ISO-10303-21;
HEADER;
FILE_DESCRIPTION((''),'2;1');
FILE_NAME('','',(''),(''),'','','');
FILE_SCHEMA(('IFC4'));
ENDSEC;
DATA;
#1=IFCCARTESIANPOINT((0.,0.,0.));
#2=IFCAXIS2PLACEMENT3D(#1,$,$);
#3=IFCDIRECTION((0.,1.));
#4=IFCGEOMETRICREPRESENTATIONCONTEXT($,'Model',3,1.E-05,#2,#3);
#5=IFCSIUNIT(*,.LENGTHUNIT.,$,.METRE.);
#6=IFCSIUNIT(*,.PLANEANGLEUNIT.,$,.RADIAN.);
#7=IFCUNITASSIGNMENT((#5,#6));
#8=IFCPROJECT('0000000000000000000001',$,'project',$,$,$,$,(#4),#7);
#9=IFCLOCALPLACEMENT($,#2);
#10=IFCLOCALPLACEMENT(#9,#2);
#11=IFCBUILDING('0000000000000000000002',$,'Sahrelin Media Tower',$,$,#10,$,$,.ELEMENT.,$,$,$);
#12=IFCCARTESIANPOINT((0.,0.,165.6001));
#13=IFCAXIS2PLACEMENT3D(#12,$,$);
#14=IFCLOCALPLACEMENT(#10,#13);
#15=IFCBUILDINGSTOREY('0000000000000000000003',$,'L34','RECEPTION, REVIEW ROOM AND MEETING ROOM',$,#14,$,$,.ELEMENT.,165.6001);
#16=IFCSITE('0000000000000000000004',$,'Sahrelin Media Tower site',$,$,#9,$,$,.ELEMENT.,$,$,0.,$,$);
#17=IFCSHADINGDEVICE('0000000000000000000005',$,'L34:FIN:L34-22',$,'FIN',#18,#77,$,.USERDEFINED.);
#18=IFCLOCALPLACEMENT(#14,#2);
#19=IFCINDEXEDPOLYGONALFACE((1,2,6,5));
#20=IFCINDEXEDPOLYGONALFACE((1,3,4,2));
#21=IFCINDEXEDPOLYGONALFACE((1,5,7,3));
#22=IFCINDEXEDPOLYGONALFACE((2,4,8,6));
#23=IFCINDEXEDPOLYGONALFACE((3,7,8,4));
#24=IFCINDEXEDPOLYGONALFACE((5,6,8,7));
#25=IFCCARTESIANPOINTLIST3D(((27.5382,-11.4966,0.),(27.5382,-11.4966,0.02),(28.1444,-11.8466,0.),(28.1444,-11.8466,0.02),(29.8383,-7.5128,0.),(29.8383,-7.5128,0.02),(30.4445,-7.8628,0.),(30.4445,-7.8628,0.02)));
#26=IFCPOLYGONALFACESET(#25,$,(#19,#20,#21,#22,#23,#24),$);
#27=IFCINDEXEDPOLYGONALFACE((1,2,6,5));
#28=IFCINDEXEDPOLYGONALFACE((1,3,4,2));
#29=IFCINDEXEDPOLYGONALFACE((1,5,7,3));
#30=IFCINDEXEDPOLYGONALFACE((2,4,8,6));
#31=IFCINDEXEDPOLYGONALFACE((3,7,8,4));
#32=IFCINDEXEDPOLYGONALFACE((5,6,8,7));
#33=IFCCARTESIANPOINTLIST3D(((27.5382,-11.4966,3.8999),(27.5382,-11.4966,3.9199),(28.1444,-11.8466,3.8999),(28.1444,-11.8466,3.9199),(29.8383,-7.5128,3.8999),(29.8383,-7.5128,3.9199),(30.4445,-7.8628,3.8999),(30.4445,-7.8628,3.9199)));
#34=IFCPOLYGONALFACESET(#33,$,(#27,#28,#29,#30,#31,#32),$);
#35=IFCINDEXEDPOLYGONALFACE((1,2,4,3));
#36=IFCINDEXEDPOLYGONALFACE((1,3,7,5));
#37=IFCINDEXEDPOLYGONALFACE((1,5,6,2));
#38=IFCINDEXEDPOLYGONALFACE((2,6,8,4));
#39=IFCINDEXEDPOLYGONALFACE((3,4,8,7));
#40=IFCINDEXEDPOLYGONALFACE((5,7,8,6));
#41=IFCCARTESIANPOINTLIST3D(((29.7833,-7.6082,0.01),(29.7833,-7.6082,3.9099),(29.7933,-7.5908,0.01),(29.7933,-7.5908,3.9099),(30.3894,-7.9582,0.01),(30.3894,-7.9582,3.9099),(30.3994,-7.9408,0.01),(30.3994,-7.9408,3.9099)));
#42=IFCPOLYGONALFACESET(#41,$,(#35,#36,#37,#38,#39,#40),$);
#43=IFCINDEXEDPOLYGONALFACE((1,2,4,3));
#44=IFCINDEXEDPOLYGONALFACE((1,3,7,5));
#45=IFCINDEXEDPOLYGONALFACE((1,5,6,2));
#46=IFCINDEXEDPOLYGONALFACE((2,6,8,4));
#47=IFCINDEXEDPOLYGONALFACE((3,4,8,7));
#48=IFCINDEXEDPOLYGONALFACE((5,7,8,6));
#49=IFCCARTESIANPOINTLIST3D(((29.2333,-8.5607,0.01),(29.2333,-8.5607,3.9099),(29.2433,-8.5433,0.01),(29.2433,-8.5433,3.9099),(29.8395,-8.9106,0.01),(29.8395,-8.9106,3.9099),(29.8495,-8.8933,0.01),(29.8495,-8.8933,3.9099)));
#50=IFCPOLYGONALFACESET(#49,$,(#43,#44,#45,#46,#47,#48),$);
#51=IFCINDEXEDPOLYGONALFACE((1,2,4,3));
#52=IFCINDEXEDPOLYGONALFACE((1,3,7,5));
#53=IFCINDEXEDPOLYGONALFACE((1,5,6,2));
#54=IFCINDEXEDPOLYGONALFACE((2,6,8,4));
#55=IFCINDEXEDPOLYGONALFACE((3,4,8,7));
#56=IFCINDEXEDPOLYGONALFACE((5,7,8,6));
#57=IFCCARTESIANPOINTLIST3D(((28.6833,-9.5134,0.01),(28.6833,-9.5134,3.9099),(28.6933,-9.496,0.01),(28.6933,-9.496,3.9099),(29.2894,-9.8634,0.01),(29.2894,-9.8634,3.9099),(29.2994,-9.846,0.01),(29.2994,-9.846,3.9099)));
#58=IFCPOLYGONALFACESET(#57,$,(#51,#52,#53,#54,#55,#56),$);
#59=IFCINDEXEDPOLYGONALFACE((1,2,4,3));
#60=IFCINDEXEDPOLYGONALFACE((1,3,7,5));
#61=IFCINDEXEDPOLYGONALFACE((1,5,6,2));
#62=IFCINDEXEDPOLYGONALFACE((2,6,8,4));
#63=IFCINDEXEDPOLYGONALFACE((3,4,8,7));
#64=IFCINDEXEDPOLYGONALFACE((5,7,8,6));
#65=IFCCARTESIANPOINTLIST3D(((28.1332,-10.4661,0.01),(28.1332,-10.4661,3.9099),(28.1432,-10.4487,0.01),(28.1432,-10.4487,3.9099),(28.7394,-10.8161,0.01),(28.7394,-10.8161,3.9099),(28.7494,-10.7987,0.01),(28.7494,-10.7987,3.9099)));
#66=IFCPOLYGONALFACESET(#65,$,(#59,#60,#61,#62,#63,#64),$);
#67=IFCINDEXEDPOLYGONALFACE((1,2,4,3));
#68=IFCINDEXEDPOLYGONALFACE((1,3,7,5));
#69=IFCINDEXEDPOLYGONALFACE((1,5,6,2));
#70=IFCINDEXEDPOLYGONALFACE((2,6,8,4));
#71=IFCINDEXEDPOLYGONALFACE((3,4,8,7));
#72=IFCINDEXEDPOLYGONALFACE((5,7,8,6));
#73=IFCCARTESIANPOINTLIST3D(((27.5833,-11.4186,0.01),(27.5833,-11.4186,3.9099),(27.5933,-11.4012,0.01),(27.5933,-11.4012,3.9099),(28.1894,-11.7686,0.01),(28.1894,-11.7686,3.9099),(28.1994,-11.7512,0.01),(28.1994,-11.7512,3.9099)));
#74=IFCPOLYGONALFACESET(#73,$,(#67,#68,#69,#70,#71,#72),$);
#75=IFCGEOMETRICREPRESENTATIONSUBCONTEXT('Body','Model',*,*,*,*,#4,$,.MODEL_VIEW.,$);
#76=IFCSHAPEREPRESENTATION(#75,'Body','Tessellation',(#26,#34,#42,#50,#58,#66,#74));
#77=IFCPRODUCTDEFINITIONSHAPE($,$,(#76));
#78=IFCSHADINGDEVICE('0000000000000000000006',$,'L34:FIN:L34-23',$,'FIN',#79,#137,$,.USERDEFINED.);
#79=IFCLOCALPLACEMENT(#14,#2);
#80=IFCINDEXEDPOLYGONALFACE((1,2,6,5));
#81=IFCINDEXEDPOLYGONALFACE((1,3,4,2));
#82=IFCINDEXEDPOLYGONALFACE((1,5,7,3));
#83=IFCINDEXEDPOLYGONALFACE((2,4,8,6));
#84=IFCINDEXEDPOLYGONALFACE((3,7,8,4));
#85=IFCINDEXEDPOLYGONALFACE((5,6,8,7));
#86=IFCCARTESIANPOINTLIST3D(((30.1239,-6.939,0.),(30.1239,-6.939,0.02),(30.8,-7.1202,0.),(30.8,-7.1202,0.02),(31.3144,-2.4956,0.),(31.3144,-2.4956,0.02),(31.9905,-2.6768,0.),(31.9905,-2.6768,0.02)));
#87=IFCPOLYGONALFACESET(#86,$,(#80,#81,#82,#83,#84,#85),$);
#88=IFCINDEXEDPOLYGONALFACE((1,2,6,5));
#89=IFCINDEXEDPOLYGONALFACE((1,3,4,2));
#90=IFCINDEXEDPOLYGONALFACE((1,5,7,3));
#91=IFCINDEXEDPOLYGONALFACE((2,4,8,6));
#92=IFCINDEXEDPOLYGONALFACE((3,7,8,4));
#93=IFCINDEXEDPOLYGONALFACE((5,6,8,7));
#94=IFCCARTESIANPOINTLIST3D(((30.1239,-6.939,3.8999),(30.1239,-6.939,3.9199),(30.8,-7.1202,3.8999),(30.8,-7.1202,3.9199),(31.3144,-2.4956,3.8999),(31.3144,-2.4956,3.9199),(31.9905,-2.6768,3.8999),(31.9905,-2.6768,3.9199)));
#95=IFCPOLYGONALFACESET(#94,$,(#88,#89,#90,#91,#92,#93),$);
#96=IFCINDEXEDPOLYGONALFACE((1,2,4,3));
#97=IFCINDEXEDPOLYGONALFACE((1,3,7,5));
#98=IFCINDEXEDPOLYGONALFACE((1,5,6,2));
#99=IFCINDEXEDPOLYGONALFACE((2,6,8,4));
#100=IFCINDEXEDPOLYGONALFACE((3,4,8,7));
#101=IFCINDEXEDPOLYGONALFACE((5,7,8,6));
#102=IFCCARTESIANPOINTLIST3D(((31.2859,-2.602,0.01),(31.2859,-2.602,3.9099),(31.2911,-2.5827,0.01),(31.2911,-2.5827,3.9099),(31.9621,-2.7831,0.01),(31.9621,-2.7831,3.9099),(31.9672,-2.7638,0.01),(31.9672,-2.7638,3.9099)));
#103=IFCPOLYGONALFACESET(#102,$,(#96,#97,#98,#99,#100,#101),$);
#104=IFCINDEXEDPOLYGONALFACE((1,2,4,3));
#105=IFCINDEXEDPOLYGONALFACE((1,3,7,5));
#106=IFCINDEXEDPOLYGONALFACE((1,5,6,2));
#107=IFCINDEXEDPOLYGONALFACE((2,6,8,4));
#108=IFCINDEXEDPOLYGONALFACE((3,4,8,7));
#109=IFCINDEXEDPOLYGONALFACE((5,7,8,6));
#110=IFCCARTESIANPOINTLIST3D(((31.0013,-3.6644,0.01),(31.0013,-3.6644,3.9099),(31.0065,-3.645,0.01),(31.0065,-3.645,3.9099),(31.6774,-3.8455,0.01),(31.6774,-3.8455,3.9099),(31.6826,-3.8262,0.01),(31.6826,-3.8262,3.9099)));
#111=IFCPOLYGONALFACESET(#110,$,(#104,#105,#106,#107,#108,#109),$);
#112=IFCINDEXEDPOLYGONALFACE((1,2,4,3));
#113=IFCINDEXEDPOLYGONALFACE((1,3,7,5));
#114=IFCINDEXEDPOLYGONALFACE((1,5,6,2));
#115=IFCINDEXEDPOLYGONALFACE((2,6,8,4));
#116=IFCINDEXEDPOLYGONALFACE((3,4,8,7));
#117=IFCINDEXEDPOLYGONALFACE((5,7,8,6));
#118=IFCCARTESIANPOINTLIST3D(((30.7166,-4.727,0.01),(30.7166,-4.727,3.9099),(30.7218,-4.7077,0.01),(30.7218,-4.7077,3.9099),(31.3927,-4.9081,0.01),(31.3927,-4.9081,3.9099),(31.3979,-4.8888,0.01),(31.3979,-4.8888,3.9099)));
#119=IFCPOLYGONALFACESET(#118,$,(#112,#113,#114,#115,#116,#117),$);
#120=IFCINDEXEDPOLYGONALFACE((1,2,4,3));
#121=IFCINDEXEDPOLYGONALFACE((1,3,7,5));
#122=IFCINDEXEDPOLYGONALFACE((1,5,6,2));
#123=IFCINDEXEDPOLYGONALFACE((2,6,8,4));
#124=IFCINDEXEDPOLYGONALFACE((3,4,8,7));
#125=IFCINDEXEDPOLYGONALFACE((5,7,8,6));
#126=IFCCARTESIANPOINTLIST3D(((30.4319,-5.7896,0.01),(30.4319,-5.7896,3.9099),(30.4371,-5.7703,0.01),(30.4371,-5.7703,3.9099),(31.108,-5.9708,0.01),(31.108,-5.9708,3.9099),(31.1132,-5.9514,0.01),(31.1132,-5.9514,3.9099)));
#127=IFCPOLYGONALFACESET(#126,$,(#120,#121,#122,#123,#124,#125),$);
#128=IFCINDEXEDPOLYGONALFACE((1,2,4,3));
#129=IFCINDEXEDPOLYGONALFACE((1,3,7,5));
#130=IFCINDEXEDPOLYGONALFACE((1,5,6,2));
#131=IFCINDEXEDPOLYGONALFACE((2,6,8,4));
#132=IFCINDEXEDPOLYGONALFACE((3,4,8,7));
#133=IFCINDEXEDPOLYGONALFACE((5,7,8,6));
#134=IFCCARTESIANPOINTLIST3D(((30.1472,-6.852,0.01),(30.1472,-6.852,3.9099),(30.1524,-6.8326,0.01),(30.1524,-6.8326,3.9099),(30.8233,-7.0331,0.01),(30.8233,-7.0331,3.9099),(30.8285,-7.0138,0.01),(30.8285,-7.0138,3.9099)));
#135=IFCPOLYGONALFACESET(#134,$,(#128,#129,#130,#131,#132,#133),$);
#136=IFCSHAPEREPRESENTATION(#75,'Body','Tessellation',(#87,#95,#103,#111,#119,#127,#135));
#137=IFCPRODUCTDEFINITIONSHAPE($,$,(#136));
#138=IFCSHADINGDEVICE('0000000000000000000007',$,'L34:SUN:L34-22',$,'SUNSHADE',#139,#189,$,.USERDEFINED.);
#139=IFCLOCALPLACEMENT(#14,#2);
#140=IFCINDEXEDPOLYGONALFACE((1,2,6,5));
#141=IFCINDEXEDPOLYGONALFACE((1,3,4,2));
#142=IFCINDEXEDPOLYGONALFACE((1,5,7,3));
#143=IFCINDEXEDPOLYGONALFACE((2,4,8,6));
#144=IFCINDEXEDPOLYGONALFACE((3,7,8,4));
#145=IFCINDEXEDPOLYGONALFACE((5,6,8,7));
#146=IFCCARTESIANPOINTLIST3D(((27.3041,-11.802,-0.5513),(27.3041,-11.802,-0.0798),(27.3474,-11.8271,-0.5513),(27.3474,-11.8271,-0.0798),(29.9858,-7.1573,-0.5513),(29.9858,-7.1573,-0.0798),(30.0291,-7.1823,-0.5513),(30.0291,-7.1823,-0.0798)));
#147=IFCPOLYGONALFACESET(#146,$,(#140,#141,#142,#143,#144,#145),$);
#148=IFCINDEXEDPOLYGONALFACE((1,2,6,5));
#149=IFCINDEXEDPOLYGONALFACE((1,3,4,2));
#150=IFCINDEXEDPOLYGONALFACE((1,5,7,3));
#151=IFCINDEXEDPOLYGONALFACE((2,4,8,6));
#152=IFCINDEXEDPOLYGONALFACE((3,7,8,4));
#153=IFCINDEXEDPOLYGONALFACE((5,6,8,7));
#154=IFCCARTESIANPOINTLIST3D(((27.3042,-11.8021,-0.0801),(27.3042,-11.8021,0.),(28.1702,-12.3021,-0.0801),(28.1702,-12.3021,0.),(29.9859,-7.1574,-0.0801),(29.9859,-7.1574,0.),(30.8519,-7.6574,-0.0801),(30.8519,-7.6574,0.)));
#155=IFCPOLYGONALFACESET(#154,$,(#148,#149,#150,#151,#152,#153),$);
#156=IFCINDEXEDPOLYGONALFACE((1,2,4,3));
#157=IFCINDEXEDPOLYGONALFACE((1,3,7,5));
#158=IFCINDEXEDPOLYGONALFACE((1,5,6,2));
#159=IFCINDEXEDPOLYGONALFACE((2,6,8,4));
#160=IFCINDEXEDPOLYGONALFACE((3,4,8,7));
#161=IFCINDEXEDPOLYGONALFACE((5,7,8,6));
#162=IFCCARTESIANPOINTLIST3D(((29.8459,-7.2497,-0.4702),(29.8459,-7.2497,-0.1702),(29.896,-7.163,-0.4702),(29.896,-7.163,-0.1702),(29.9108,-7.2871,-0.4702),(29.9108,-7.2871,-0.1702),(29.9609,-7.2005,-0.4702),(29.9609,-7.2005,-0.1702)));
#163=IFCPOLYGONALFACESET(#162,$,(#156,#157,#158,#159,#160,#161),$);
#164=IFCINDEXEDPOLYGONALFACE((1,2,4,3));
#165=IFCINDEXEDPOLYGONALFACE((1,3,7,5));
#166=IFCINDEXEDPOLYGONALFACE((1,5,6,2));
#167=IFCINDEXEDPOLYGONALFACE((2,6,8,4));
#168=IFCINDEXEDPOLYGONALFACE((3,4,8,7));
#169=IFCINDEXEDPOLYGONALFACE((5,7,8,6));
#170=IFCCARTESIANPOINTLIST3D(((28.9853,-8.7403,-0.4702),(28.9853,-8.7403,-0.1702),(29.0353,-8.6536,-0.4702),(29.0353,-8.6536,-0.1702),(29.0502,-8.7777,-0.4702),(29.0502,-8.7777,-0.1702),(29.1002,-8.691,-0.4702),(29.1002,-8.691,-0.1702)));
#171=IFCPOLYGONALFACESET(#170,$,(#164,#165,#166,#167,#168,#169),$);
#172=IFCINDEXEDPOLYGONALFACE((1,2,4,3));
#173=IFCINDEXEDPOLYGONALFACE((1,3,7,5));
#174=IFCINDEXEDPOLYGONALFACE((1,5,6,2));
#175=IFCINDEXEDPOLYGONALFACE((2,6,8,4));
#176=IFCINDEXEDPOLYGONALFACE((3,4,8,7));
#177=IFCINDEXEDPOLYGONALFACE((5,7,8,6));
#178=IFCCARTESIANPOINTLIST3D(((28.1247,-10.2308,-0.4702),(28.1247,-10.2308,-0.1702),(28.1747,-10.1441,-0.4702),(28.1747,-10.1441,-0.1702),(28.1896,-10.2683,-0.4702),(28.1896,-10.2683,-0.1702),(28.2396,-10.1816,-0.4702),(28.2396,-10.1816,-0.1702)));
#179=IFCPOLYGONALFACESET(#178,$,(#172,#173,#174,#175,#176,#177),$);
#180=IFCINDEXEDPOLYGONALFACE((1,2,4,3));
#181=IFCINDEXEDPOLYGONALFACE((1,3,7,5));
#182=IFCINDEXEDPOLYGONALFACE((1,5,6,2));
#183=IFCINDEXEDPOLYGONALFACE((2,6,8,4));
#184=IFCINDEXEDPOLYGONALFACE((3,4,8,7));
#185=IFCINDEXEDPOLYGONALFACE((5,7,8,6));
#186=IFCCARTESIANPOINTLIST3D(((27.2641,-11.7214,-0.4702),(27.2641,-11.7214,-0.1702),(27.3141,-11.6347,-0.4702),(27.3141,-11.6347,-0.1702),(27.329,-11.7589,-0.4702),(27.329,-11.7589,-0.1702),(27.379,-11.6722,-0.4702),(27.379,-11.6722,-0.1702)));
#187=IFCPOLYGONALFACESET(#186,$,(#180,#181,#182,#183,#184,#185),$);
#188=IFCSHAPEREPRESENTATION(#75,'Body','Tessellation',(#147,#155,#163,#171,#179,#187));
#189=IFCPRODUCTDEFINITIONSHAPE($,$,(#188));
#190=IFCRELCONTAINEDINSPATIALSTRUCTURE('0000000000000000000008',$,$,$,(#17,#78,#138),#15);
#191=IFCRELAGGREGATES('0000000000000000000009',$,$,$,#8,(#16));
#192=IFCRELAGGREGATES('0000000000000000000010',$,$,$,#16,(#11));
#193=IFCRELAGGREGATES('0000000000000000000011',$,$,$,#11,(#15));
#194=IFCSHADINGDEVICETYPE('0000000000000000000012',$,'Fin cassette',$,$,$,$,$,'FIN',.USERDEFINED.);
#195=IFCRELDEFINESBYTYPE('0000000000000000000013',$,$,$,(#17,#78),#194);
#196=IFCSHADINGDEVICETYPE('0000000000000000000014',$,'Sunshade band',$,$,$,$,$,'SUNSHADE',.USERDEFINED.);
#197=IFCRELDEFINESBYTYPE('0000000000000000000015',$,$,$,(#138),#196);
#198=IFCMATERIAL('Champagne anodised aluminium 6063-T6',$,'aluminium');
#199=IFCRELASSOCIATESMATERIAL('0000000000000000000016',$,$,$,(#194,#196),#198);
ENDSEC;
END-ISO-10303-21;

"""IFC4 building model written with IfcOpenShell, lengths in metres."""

from ifc_helpers import new_model, si_unit, direction, frame, origin, origin_2d, place, context, subcontext, project, spatial, rectangle, extrude, material, type_object, element, save


model = new_model("IFC4")

# Units and contexts
model_context = context("Model", 3, precision=1e-05, world=origin(), true_north=direction((0.0, 1.0)))
body_context = subcontext(model_context, "Body", "Model", "MODEL_VIEW")
ifc_project = project(units=[si_unit("LENGTHUNIT", "METRE"), si_unit("PLANEANGLEUNIT", "RADIAN")], contexts=[model_context])

# Site, building, storey
site_placement = place(None, origin())
site = spatial("IfcSite", under=ifc_project, at=site_placement, Name="Sahrelin Media Tower site", CompositionType="ELEMENT", RefElevation=0.0)
building_placement = place(site_placement, origin())
building = spatial("IfcBuilding", under=site, at=building_placement, Name="Sahrelin Media Tower", CompositionType="ELEMENT")
storey_placement = place(building_placement, frame((0.0, 0.0, 165.6001)))
storey = spatial("IfcBuildingStorey", under=building, at=storey_placement, Name="L34", Description="RECEPTION, REVIEW ROOM AND MEETING ROOM", CompositionType="ELEMENT", Elevation=165.6001)

# Shared definitions
ifc_material_1 = material(Name="Champagne anodised aluminium 6063-T6", Category="aluminium")

# Shading devices
shading_device_type_1 = type_object("IfcShadingDeviceType", Name="Fin cassette", ElementType="FIN", PredefinedType="USERDEFINED", material=ifc_material_1)
placement_1 = place(storey_placement, frame((28.6277, -9.4697, 0.0), z_axis=(0.0, 0.0, 1.0), x_axis=(-0.500011, -0.866019, 0.0)))
element("IfcShadingDevice", 1, at=placement_1, inside=storey, type_object=shading_device_type_1, Name="L34:FIN:L34-22", ObjectType="FIN", PredefinedType="USERDEFINED", context=body_context, shape_type="SweptSolid", body=[
    extrude(rectangle(XDim=4.6001, YDim=0.7, at=origin_2d()), frame((0.0, 0.4199, 0.0)), (0.0, 0.0, 1.0), 0.02),
    extrude(rectangle(XDim=4.6001, YDim=0.7, at=origin_2d()), frame((0.0, 0.4199, 3.8999)), (0.0, 0.0, 1.0), 0.02),
    extrude(rectangle(XDim=0.02, YDim=0.7, at=origin_2d()), frame((-2.2, 0.4199, 0.01), z_axis=(0.0, 0.0, 1.0), x_axis=(1.0, 0.0, 0.0)), (0.0, 0.0, 1.0), 3.8999),
    extrude(rectangle(XDim=0.02, YDim=0.7, at=origin_2d()), frame((-1.1001, 0.4199, 0.01), z_axis=(0.0, 0.0, 1.0), x_axis=(1.0, 0.0, 0.0)), (0.0, 0.0, 1.0), 3.8999),
    extrude(rectangle(XDim=0.02, YDim=0.7, at=origin_2d()), frame((0.0, 0.4199, 0.01), z_axis=(0.0, 0.0, 1.0), x_axis=(1.0, 0.0, 0.0)), (0.0, 0.0, 1.0), 3.8999),
    extrude(rectangle(XDim=0.02, YDim=0.7, at=origin_2d()), frame((1.1001, 0.4199, 0.01), z_axis=(0.0, 0.0, 1.0), x_axis=(1.0, 0.0, 0.0)), (0.0, 0.0, 1.0), 3.8999),
    extrude(rectangle(XDim=0.02, YDim=0.7, at=origin_2d()), frame((2.2, 0.4199, 0.01), z_axis=(0.0, 0.0, 1.0), x_axis=(1.0, 0.0, 0.0)), (0.0, 0.0, 1.0), 3.8999),
])
placement_2 = place(storey_placement, frame((30.6516, -4.6992, 0.0), z_axis=(0.0, 0.0, 1.0), x_axis=(-0.258808, -0.965929, 0.0)))
element("IfcShadingDevice", 2, at=placement_2, inside=storey, type_object=shading_device_type_1, Name="L34:FIN:L34-23", ObjectType="FIN", PredefinedType="USERDEFINED", context=body_context, shape_type="SweptSolid", body=[
    extrude(rectangle(XDim=4.6001, YDim=0.7, at=origin_2d()), frame((0.0, 0.4199, 0.0)), (0.0, 0.0, 1.0), 0.02),
    extrude(rectangle(XDim=4.6001, YDim=0.7, at=origin_2d()), frame((0.0, 0.4199, 3.8999)), (0.0, 0.0, 1.0), 0.02),
    extrude(rectangle(XDim=0.02, YDim=0.7, at=origin_2d()), frame((-2.2, 0.4199, 0.01), z_axis=(0.0, 0.0, 1.0), x_axis=(1.0, 0.0, 0.0)), (0.0, 0.0, 1.0), 3.8999),
    extrude(rectangle(XDim=0.02, YDim=0.7, at=origin_2d()), frame((-1.1001, 0.4199, 0.01), z_axis=(0.0, 0.0, 1.0), x_axis=(1.0, 0.0, 0.0)), (0.0, 0.0, 1.0), 3.8999),
    extrude(rectangle(XDim=0.02, YDim=0.7, at=origin_2d()), frame((0.0, 0.4199, 0.01), z_axis=(0.0, 0.0, 1.0), x_axis=(1.0, 0.0, 0.0)), (0.0, 0.0, 1.0), 3.8999),
    extrude(rectangle(XDim=0.02, YDim=0.7, at=origin_2d()), frame((1.1001, 0.4199, 0.01), z_axis=(0.0, 0.0, 1.0), x_axis=(1.0, 0.0, 0.0)), (0.0, 0.0, 1.0), 3.8999),
    extrude(rectangle(XDim=0.02, YDim=0.7, at=origin_2d()), frame((2.2, 0.4199, 0.01), z_axis=(0.0, 0.0, 1.0), x_axis=(1.0, 0.0, 0.0)), (0.0, 0.0, 1.0), 3.8999),
])
shading_device_type_2 = type_object("IfcShadingDeviceType", Name="Sunshade band", ElementType="SUNSHADE", PredefinedType="USERDEFINED", material=ifc_material_1)
element("IfcShadingDevice", 3, at=placement_1, inside=storey, type_object=shading_device_type_2, Name="L34:SUN:L34-22", ObjectType="SUNSHADE", PredefinedType="USERDEFINED", context=body_context, shape_type="SweptSolid", body=[
    extrude(rectangle(XDim=5.3633, YDim=0.05, at=origin_2d()), frame((0.0, 0.0449, -0.5513)), (0.0, 0.0, 1.0), 0.4714),
    extrude(rectangle(XDim=5.3633, YDim=1.0, at=origin_2d()), frame((0.0, 0.52, -0.0801)), (0.0, 0.0, 1.0), 0.0801),
    extrude(rectangle(XDim=0.1001, YDim=0.075, at=origin_2d()), frame((-2.5818, -0.0176, -0.4702)), (0.0, 0.0, 1.0), 0.3),
    extrude(rectangle(XDim=0.1001, YDim=0.075, at=origin_2d()), frame((-0.8606, -0.0176, -0.4702)), (0.0, 0.0, 1.0), 0.3),
    extrude(rectangle(XDim=0.1001, YDim=0.075, at=origin_2d()), frame((0.8606, -0.0176, -0.4702)), (0.0, 0.0, 1.0), 0.3),
    extrude(rectangle(XDim=0.1001, YDim=0.075, at=origin_2d()), frame((2.5818, -0.0176, -0.4702)), (0.0, 0.0, 1.0), 0.3),
])

save(model, "model.ifc")
